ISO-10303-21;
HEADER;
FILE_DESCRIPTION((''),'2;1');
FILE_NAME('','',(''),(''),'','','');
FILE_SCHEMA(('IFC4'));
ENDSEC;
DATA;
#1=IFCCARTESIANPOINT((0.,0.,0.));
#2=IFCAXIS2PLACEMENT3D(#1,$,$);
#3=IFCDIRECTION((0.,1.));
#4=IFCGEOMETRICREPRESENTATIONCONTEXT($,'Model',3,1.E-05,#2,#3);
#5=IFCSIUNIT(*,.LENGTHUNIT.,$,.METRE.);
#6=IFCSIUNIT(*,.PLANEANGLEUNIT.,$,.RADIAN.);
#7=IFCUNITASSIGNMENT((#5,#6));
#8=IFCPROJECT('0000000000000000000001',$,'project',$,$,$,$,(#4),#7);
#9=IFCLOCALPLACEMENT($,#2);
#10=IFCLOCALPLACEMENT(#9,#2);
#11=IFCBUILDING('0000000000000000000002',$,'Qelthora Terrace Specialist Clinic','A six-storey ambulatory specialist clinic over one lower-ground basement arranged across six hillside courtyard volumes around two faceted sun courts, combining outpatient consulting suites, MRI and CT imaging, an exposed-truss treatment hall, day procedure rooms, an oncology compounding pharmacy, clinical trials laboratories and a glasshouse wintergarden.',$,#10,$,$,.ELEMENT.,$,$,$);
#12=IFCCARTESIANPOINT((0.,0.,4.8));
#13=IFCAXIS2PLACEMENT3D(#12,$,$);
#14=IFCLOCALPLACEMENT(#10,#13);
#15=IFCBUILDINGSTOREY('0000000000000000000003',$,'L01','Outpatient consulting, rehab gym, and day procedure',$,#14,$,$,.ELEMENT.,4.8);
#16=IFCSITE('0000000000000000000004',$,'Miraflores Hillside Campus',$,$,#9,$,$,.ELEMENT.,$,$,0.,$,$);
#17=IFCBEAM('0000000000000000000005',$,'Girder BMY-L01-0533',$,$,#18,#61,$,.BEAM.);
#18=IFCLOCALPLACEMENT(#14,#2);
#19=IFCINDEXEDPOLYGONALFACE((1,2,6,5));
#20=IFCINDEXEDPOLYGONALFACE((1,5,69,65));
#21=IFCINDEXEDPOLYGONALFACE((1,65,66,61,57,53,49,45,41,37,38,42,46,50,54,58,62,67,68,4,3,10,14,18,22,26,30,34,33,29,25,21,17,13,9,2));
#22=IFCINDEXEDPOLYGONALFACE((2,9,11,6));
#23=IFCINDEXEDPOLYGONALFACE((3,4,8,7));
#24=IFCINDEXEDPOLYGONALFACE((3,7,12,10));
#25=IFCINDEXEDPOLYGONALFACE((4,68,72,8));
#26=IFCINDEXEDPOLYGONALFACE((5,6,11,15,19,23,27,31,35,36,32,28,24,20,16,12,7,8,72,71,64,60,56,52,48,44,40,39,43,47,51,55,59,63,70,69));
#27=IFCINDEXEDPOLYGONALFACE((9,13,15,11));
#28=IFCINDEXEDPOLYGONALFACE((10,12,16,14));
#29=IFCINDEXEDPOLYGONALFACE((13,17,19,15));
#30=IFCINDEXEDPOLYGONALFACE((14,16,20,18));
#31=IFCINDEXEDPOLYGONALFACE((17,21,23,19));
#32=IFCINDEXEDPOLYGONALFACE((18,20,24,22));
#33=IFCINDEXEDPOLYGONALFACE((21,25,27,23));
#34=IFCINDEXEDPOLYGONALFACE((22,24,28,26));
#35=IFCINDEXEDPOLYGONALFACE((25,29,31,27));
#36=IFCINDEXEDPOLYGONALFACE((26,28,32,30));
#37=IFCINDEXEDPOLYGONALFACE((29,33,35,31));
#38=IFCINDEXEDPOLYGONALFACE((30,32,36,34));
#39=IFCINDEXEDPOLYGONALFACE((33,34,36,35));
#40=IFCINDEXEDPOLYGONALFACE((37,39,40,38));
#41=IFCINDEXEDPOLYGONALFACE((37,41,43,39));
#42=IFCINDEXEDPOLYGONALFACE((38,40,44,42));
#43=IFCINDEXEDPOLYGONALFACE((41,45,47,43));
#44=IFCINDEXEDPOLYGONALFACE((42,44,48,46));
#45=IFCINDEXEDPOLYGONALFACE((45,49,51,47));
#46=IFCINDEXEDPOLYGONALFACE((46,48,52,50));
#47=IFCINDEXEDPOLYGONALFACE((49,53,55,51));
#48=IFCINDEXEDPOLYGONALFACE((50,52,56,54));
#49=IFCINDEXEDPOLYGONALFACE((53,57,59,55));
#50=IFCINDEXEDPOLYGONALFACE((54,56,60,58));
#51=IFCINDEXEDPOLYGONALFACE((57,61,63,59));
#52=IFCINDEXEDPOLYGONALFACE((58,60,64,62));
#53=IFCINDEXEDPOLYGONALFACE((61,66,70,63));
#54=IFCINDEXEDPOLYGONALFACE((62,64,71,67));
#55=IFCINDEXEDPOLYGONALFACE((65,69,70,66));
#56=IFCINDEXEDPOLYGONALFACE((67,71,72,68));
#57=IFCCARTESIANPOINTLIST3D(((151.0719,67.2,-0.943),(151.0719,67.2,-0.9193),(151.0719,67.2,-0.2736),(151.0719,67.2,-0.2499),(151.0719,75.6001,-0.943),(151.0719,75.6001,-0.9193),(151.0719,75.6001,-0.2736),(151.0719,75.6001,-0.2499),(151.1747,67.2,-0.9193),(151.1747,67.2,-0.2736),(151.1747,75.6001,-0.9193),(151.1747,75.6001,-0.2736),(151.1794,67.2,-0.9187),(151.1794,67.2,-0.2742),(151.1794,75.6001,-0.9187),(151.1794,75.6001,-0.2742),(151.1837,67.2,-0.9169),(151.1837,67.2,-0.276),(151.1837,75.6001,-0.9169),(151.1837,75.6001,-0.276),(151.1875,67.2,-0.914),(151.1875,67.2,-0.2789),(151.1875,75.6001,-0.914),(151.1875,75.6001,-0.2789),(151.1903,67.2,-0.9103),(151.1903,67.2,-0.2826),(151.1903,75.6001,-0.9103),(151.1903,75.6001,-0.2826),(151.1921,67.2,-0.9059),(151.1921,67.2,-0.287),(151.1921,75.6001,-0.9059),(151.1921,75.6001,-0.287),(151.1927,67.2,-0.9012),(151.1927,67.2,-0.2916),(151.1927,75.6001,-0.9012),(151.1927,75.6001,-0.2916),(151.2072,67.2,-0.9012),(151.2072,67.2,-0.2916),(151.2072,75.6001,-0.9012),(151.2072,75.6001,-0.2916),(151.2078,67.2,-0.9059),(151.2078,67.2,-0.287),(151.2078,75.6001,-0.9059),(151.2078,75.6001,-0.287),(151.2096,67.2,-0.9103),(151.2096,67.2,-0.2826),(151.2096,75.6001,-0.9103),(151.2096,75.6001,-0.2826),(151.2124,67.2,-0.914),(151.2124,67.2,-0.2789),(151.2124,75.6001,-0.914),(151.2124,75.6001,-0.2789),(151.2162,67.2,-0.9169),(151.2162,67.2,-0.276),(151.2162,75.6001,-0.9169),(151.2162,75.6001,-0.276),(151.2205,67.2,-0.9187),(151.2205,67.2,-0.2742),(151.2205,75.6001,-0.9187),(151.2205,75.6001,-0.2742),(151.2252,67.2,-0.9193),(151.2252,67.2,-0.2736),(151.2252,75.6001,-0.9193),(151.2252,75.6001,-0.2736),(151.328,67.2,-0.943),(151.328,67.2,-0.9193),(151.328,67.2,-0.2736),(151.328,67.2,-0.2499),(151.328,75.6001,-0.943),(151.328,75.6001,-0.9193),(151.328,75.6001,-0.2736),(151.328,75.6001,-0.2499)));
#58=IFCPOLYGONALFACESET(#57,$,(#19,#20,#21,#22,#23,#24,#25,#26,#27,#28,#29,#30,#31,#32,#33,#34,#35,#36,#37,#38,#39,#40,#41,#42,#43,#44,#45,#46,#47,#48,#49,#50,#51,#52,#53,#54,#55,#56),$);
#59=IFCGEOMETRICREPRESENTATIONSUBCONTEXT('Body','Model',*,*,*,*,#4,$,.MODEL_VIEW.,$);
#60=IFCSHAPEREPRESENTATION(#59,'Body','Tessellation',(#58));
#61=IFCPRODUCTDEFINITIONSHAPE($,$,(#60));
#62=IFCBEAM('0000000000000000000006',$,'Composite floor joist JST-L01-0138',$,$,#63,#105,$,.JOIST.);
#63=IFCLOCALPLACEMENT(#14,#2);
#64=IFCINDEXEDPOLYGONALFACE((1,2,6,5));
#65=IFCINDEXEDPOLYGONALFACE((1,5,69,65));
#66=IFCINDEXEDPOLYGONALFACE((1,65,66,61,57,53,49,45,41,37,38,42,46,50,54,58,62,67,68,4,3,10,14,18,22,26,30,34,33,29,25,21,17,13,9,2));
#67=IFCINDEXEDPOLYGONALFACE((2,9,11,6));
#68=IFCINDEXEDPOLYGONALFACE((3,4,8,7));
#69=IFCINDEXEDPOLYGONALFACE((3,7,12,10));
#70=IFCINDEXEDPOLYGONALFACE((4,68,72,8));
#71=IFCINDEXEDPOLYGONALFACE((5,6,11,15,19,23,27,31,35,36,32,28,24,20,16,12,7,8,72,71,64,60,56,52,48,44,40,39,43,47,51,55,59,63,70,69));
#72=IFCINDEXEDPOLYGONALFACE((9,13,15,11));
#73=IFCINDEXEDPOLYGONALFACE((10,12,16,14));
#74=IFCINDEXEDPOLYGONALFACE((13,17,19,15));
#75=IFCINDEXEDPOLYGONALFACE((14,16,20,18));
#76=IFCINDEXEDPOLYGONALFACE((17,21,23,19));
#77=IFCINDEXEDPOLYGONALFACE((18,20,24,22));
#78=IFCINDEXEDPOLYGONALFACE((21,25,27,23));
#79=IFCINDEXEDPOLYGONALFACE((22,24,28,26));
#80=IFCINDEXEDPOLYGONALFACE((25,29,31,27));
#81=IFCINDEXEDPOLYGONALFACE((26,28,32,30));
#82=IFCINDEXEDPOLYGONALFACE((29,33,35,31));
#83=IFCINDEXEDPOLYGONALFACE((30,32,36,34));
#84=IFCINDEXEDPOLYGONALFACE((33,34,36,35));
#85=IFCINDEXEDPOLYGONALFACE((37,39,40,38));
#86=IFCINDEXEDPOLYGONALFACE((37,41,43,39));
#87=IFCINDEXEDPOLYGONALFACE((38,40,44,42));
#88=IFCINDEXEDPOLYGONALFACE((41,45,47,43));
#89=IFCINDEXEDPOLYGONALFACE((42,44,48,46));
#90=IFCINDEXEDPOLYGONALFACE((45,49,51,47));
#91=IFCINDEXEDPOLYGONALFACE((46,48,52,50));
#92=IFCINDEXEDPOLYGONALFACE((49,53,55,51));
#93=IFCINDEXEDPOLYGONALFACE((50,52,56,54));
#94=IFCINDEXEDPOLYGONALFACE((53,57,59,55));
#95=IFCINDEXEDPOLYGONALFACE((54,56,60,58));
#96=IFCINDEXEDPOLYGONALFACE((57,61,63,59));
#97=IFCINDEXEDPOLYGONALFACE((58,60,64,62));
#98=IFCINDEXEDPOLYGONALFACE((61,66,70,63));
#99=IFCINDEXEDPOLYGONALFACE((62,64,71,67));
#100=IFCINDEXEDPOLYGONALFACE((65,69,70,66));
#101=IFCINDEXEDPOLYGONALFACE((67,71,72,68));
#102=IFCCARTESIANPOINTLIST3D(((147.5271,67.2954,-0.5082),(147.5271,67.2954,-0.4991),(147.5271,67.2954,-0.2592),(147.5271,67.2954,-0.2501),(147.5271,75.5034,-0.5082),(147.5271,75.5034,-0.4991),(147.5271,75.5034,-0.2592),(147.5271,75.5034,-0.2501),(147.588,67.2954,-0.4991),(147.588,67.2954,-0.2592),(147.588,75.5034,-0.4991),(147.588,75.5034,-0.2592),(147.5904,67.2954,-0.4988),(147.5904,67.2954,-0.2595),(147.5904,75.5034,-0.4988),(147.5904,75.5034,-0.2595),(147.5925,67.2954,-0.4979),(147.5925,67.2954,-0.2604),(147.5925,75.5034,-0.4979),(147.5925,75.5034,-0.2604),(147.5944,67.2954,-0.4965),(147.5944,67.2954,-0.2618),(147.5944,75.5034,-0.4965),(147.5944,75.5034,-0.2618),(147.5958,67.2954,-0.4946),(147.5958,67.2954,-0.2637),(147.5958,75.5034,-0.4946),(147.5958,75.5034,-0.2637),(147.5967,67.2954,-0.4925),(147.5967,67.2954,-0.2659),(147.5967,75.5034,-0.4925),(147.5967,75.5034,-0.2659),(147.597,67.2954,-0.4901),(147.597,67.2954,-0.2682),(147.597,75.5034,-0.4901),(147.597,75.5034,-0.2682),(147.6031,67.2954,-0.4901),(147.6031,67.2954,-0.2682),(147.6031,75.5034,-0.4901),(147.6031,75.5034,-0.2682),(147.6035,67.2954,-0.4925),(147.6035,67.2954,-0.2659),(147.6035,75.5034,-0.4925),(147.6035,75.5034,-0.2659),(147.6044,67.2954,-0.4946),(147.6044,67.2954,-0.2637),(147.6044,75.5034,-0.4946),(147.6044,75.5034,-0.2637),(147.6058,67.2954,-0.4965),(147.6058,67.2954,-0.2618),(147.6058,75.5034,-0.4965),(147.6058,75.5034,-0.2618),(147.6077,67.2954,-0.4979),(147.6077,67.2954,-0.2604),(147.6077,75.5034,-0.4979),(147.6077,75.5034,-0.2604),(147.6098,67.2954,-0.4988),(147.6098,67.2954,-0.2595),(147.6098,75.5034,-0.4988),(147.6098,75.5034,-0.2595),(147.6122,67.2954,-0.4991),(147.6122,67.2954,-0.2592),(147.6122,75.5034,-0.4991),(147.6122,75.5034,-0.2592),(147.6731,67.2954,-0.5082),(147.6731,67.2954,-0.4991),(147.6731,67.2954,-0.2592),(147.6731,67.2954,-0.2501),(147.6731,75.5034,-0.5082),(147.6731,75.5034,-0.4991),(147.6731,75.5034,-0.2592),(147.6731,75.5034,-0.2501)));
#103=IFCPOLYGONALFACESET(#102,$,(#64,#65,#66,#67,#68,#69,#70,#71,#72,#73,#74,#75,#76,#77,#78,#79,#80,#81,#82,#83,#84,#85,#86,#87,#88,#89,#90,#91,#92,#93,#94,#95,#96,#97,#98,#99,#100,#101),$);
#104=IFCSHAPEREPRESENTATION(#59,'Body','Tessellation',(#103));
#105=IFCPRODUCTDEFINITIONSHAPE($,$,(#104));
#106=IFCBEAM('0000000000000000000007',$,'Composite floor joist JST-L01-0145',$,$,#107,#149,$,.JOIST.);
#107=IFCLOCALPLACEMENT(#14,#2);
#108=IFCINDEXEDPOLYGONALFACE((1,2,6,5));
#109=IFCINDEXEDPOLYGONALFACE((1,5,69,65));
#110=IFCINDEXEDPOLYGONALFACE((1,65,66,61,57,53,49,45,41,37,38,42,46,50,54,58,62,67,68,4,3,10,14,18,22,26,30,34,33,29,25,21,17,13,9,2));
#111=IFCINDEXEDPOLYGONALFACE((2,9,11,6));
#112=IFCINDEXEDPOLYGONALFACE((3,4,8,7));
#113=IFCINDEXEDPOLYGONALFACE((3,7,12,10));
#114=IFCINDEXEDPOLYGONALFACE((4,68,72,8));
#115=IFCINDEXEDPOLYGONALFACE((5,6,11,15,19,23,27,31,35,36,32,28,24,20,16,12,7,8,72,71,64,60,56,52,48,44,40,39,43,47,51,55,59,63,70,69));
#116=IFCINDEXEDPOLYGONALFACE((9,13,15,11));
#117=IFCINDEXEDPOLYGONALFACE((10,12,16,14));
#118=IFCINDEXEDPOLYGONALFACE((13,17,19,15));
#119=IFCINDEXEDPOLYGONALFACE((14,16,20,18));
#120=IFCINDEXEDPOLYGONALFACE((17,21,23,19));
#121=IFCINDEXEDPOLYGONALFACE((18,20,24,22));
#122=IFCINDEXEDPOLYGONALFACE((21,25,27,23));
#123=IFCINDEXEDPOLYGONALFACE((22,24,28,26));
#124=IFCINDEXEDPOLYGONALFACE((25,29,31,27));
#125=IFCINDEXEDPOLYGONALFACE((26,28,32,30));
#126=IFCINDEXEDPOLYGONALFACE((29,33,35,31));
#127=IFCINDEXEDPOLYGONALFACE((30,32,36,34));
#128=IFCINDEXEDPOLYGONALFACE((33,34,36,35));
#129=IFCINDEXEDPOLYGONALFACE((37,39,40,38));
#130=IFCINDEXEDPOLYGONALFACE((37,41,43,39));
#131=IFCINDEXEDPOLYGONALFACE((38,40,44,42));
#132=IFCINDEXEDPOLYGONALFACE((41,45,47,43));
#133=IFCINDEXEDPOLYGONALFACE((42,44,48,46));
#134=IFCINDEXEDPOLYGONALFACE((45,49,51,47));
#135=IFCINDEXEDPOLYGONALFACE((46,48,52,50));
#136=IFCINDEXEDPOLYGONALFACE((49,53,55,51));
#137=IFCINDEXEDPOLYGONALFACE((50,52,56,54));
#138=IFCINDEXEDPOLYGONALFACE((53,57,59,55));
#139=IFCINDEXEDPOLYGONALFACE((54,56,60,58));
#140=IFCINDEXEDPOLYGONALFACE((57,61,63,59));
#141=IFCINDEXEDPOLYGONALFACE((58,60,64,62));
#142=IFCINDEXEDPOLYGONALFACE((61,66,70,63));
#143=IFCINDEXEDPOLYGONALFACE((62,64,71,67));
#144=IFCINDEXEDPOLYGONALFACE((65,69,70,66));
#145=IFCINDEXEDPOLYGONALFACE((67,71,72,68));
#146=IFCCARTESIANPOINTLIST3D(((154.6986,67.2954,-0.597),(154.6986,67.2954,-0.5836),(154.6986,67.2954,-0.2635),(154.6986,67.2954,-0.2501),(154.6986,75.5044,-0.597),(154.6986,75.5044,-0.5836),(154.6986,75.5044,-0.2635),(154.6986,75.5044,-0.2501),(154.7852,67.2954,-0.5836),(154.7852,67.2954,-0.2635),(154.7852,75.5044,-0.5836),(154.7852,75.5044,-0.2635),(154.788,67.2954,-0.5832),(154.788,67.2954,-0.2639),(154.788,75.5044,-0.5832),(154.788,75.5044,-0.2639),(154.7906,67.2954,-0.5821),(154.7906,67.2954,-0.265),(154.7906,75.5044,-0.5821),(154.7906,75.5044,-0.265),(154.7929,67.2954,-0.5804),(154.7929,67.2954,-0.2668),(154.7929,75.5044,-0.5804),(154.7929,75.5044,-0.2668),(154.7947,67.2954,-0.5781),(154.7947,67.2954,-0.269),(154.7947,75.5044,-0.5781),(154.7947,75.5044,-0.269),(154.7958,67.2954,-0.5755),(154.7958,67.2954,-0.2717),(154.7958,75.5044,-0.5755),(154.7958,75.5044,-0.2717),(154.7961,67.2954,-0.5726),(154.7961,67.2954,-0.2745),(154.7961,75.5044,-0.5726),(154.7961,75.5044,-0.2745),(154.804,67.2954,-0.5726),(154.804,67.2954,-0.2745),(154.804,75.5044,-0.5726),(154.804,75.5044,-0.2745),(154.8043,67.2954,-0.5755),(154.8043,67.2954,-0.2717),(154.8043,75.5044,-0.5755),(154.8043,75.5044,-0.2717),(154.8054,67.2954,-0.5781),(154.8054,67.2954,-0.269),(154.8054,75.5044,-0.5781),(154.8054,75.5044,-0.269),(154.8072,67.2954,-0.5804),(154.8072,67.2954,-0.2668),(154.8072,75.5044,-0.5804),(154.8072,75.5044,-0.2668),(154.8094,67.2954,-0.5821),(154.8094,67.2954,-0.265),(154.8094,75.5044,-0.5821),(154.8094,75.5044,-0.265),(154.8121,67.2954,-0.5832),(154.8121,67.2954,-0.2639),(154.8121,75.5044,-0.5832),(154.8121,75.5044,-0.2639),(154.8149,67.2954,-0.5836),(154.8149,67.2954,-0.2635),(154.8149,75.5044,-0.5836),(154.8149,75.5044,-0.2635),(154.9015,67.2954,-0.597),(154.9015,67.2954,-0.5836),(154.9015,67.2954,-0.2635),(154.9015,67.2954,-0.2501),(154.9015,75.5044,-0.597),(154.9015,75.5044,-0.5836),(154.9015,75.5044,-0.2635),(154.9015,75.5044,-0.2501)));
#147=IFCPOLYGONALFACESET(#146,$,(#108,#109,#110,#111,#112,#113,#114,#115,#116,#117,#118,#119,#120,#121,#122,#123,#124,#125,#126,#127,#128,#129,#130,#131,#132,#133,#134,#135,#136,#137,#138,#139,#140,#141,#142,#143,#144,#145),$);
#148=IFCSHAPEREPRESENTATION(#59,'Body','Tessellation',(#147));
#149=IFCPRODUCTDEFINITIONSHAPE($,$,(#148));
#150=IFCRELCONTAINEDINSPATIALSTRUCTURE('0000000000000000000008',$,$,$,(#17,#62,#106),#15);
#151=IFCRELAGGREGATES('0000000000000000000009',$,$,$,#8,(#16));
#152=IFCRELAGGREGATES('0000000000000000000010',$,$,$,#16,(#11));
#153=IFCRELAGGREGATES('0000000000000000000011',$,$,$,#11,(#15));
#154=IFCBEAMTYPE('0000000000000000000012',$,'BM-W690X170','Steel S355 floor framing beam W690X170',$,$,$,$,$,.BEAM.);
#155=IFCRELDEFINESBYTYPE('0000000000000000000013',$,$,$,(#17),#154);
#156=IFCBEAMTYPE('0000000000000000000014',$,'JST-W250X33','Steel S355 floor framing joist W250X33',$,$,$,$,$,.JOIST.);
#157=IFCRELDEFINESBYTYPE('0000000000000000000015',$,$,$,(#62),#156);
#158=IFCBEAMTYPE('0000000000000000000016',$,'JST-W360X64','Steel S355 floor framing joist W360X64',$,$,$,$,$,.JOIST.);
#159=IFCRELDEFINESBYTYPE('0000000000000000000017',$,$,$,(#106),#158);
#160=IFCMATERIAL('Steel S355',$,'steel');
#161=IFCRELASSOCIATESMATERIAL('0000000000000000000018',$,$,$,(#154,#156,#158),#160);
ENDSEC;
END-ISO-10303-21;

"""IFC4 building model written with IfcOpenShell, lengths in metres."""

from ifc_helpers import new_model, si_unit, direction, frame, origin, origin_2d, place, context, subcontext, project, spatial, i_section, extrude, material, material_profile, profile_set, type_object, element, save


model = new_model("IFC4")

# Units and contexts
model_context = context("Model", 3, precision=1e-05, world=origin(), true_north=direction((0.0, 1.0)))
body_context = subcontext(model_context, "Body", "Model", "MODEL_VIEW")
ifc_project = project(units=[si_unit("LENGTHUNIT", "METRE"), si_unit("PLANEANGLEUNIT", "RADIAN")], contexts=[model_context])

# Site, building, storey
site_placement = place(None, origin())
site = spatial("IfcSite", under=ifc_project, at=site_placement, Name="Miraflores Hillside Campus", CompositionType="ELEMENT", RefElevation=0.0)
building_placement = place(site_placement, origin())
building = spatial("IfcBuilding", under=site, at=building_placement, Name="Qelthora Terrace Specialist Clinic", Description="A six-storey ambulatory specialist clinic over one lower-ground basement arranged across six hillside courtyard volumes around two faceted sun courts, combining outpatient consulting suites, MRI and CT imaging, an exposed-truss treatment hall, day procedure rooms, an oncology compounding pharmacy, clinical trials laboratories and a glasshouse wintergarden.", CompositionType="ELEMENT")
storey_placement = place(building_placement, frame((0.0, 0.0, 4.8)))
storey = spatial("IfcBuildingStorey", under=building, at=storey_placement, Name="L01", Description="Outpatient consulting, rehab gym, and day procedure", CompositionType="ELEMENT", Elevation=4.8)

# Shared definitions
ifc_material_1 = material(Name="Steel S355", Category="steel")

# Beams
ifc_material_profile_1 = material_profile(ifc_material_1, i_section(OverallWidth=0.2561, OverallDepth=0.6931, WebThickness=0.0144, FlangeThickness=0.0237, FilletRadius=0.0181, at=origin_2d()), Name="W690X170")
ifc_profile_set_1 = profile_set([ifc_material_profile_1], Name="Steel S355")
beam_type_1 = type_object("IfcBeamType", Name="BM-W690X170", Description="Steel S355 floor framing beam W690X170", PredefinedType="BEAM", material=ifc_profile_set_1)
beam_1_placement = place(storey_placement, frame((151.2, 67.2, -0.5964), z_axis=(0.0, 1.0, 0.0), x_axis=(-1.0, 0.0, 0.0)))
element("IfcBeam", 1, at=beam_1_placement, inside=storey, type_object=beam_type_1, Name="Girder BMY-L01-0533", PredefinedType="BEAM", context=body_context, shape_type="SweptSolid", body=[
    extrude(i_section(OverallWidth=0.2561, OverallDepth=0.6931, WebThickness=0.0144, FlangeThickness=0.0237, FilletRadius=0.0181, at=origin_2d()), origin(), (0.0, 0.0, 1.0), 8.4001),
])
ifc_material_profile_2 = material_profile(ifc_material_1, i_section(OverallWidth=0.146, OverallDepth=0.2581, WebThickness=0.0061, FlangeThickness=0.009, FilletRadius=0.009, at=origin_2d()), Name="W250X33")
ifc_profile_set_2 = profile_set([ifc_material_profile_2], Name="Steel S355")
beam_type_2 = type_object("IfcBeamType", Name="JST-W250X33", Description="Steel S355 floor framing joist W250X33", PredefinedType="JOIST", material=ifc_profile_set_2)
beam_2_placement = place(storey_placement, frame((147.6001, 67.2954, -0.3792), z_axis=(0.0, 1.0, 0.0), x_axis=(-1.0, 0.0, 0.0)))
element("IfcBeam", 2, at=beam_2_placement, inside=storey, type_object=beam_type_2, Name="Composite floor joist JST-L01-0138", PredefinedType="JOIST", context=body_context, shape_type="SweptSolid", body=[
    extrude(i_section(OverallWidth=0.146, OverallDepth=0.2581, WebThickness=0.0061, FlangeThickness=0.009, FilletRadius=0.009, at=origin_2d()), origin(), (0.0, 0.0, 1.0), 8.208),
])
ifc_material_profile_3 = material_profile(ifc_material_1, i_section(OverallWidth=0.2029, OverallDepth=0.3469, WebThickness=0.0078, FlangeThickness=0.0134, FilletRadius=0.011, at=origin_2d()), Name="W360X64")
ifc_profile_set_3 = profile_set([ifc_material_profile_3], Name="Steel S355")
beam_type_3 = type_object("IfcBeamType", Name="JST-W360X64", Description="Steel S355 floor framing joist W360X64", PredefinedType="JOIST", material=ifc_profile_set_3)
beam_3_placement = place(storey_placement, frame((154.8, 67.2954, -0.4236), z_axis=(0.0, 1.0, 0.0), x_axis=(-1.0, 0.0, 0.0)))
element("IfcBeam", 3, at=beam_3_placement, inside=storey, type_object=beam_type_3, Name="Composite floor joist JST-L01-0145", PredefinedType="JOIST", context=body_context, shape_type="SweptSolid", body=[
    extrude(i_section(OverallWidth=0.2029, OverallDepth=0.3469, WebThickness=0.0078, FlangeThickness=0.0134, FilletRadius=0.011, at=origin_2d()), origin(), (0.0, 0.0, 1.0), 8.209),
])

save(model, "model.ifc")
